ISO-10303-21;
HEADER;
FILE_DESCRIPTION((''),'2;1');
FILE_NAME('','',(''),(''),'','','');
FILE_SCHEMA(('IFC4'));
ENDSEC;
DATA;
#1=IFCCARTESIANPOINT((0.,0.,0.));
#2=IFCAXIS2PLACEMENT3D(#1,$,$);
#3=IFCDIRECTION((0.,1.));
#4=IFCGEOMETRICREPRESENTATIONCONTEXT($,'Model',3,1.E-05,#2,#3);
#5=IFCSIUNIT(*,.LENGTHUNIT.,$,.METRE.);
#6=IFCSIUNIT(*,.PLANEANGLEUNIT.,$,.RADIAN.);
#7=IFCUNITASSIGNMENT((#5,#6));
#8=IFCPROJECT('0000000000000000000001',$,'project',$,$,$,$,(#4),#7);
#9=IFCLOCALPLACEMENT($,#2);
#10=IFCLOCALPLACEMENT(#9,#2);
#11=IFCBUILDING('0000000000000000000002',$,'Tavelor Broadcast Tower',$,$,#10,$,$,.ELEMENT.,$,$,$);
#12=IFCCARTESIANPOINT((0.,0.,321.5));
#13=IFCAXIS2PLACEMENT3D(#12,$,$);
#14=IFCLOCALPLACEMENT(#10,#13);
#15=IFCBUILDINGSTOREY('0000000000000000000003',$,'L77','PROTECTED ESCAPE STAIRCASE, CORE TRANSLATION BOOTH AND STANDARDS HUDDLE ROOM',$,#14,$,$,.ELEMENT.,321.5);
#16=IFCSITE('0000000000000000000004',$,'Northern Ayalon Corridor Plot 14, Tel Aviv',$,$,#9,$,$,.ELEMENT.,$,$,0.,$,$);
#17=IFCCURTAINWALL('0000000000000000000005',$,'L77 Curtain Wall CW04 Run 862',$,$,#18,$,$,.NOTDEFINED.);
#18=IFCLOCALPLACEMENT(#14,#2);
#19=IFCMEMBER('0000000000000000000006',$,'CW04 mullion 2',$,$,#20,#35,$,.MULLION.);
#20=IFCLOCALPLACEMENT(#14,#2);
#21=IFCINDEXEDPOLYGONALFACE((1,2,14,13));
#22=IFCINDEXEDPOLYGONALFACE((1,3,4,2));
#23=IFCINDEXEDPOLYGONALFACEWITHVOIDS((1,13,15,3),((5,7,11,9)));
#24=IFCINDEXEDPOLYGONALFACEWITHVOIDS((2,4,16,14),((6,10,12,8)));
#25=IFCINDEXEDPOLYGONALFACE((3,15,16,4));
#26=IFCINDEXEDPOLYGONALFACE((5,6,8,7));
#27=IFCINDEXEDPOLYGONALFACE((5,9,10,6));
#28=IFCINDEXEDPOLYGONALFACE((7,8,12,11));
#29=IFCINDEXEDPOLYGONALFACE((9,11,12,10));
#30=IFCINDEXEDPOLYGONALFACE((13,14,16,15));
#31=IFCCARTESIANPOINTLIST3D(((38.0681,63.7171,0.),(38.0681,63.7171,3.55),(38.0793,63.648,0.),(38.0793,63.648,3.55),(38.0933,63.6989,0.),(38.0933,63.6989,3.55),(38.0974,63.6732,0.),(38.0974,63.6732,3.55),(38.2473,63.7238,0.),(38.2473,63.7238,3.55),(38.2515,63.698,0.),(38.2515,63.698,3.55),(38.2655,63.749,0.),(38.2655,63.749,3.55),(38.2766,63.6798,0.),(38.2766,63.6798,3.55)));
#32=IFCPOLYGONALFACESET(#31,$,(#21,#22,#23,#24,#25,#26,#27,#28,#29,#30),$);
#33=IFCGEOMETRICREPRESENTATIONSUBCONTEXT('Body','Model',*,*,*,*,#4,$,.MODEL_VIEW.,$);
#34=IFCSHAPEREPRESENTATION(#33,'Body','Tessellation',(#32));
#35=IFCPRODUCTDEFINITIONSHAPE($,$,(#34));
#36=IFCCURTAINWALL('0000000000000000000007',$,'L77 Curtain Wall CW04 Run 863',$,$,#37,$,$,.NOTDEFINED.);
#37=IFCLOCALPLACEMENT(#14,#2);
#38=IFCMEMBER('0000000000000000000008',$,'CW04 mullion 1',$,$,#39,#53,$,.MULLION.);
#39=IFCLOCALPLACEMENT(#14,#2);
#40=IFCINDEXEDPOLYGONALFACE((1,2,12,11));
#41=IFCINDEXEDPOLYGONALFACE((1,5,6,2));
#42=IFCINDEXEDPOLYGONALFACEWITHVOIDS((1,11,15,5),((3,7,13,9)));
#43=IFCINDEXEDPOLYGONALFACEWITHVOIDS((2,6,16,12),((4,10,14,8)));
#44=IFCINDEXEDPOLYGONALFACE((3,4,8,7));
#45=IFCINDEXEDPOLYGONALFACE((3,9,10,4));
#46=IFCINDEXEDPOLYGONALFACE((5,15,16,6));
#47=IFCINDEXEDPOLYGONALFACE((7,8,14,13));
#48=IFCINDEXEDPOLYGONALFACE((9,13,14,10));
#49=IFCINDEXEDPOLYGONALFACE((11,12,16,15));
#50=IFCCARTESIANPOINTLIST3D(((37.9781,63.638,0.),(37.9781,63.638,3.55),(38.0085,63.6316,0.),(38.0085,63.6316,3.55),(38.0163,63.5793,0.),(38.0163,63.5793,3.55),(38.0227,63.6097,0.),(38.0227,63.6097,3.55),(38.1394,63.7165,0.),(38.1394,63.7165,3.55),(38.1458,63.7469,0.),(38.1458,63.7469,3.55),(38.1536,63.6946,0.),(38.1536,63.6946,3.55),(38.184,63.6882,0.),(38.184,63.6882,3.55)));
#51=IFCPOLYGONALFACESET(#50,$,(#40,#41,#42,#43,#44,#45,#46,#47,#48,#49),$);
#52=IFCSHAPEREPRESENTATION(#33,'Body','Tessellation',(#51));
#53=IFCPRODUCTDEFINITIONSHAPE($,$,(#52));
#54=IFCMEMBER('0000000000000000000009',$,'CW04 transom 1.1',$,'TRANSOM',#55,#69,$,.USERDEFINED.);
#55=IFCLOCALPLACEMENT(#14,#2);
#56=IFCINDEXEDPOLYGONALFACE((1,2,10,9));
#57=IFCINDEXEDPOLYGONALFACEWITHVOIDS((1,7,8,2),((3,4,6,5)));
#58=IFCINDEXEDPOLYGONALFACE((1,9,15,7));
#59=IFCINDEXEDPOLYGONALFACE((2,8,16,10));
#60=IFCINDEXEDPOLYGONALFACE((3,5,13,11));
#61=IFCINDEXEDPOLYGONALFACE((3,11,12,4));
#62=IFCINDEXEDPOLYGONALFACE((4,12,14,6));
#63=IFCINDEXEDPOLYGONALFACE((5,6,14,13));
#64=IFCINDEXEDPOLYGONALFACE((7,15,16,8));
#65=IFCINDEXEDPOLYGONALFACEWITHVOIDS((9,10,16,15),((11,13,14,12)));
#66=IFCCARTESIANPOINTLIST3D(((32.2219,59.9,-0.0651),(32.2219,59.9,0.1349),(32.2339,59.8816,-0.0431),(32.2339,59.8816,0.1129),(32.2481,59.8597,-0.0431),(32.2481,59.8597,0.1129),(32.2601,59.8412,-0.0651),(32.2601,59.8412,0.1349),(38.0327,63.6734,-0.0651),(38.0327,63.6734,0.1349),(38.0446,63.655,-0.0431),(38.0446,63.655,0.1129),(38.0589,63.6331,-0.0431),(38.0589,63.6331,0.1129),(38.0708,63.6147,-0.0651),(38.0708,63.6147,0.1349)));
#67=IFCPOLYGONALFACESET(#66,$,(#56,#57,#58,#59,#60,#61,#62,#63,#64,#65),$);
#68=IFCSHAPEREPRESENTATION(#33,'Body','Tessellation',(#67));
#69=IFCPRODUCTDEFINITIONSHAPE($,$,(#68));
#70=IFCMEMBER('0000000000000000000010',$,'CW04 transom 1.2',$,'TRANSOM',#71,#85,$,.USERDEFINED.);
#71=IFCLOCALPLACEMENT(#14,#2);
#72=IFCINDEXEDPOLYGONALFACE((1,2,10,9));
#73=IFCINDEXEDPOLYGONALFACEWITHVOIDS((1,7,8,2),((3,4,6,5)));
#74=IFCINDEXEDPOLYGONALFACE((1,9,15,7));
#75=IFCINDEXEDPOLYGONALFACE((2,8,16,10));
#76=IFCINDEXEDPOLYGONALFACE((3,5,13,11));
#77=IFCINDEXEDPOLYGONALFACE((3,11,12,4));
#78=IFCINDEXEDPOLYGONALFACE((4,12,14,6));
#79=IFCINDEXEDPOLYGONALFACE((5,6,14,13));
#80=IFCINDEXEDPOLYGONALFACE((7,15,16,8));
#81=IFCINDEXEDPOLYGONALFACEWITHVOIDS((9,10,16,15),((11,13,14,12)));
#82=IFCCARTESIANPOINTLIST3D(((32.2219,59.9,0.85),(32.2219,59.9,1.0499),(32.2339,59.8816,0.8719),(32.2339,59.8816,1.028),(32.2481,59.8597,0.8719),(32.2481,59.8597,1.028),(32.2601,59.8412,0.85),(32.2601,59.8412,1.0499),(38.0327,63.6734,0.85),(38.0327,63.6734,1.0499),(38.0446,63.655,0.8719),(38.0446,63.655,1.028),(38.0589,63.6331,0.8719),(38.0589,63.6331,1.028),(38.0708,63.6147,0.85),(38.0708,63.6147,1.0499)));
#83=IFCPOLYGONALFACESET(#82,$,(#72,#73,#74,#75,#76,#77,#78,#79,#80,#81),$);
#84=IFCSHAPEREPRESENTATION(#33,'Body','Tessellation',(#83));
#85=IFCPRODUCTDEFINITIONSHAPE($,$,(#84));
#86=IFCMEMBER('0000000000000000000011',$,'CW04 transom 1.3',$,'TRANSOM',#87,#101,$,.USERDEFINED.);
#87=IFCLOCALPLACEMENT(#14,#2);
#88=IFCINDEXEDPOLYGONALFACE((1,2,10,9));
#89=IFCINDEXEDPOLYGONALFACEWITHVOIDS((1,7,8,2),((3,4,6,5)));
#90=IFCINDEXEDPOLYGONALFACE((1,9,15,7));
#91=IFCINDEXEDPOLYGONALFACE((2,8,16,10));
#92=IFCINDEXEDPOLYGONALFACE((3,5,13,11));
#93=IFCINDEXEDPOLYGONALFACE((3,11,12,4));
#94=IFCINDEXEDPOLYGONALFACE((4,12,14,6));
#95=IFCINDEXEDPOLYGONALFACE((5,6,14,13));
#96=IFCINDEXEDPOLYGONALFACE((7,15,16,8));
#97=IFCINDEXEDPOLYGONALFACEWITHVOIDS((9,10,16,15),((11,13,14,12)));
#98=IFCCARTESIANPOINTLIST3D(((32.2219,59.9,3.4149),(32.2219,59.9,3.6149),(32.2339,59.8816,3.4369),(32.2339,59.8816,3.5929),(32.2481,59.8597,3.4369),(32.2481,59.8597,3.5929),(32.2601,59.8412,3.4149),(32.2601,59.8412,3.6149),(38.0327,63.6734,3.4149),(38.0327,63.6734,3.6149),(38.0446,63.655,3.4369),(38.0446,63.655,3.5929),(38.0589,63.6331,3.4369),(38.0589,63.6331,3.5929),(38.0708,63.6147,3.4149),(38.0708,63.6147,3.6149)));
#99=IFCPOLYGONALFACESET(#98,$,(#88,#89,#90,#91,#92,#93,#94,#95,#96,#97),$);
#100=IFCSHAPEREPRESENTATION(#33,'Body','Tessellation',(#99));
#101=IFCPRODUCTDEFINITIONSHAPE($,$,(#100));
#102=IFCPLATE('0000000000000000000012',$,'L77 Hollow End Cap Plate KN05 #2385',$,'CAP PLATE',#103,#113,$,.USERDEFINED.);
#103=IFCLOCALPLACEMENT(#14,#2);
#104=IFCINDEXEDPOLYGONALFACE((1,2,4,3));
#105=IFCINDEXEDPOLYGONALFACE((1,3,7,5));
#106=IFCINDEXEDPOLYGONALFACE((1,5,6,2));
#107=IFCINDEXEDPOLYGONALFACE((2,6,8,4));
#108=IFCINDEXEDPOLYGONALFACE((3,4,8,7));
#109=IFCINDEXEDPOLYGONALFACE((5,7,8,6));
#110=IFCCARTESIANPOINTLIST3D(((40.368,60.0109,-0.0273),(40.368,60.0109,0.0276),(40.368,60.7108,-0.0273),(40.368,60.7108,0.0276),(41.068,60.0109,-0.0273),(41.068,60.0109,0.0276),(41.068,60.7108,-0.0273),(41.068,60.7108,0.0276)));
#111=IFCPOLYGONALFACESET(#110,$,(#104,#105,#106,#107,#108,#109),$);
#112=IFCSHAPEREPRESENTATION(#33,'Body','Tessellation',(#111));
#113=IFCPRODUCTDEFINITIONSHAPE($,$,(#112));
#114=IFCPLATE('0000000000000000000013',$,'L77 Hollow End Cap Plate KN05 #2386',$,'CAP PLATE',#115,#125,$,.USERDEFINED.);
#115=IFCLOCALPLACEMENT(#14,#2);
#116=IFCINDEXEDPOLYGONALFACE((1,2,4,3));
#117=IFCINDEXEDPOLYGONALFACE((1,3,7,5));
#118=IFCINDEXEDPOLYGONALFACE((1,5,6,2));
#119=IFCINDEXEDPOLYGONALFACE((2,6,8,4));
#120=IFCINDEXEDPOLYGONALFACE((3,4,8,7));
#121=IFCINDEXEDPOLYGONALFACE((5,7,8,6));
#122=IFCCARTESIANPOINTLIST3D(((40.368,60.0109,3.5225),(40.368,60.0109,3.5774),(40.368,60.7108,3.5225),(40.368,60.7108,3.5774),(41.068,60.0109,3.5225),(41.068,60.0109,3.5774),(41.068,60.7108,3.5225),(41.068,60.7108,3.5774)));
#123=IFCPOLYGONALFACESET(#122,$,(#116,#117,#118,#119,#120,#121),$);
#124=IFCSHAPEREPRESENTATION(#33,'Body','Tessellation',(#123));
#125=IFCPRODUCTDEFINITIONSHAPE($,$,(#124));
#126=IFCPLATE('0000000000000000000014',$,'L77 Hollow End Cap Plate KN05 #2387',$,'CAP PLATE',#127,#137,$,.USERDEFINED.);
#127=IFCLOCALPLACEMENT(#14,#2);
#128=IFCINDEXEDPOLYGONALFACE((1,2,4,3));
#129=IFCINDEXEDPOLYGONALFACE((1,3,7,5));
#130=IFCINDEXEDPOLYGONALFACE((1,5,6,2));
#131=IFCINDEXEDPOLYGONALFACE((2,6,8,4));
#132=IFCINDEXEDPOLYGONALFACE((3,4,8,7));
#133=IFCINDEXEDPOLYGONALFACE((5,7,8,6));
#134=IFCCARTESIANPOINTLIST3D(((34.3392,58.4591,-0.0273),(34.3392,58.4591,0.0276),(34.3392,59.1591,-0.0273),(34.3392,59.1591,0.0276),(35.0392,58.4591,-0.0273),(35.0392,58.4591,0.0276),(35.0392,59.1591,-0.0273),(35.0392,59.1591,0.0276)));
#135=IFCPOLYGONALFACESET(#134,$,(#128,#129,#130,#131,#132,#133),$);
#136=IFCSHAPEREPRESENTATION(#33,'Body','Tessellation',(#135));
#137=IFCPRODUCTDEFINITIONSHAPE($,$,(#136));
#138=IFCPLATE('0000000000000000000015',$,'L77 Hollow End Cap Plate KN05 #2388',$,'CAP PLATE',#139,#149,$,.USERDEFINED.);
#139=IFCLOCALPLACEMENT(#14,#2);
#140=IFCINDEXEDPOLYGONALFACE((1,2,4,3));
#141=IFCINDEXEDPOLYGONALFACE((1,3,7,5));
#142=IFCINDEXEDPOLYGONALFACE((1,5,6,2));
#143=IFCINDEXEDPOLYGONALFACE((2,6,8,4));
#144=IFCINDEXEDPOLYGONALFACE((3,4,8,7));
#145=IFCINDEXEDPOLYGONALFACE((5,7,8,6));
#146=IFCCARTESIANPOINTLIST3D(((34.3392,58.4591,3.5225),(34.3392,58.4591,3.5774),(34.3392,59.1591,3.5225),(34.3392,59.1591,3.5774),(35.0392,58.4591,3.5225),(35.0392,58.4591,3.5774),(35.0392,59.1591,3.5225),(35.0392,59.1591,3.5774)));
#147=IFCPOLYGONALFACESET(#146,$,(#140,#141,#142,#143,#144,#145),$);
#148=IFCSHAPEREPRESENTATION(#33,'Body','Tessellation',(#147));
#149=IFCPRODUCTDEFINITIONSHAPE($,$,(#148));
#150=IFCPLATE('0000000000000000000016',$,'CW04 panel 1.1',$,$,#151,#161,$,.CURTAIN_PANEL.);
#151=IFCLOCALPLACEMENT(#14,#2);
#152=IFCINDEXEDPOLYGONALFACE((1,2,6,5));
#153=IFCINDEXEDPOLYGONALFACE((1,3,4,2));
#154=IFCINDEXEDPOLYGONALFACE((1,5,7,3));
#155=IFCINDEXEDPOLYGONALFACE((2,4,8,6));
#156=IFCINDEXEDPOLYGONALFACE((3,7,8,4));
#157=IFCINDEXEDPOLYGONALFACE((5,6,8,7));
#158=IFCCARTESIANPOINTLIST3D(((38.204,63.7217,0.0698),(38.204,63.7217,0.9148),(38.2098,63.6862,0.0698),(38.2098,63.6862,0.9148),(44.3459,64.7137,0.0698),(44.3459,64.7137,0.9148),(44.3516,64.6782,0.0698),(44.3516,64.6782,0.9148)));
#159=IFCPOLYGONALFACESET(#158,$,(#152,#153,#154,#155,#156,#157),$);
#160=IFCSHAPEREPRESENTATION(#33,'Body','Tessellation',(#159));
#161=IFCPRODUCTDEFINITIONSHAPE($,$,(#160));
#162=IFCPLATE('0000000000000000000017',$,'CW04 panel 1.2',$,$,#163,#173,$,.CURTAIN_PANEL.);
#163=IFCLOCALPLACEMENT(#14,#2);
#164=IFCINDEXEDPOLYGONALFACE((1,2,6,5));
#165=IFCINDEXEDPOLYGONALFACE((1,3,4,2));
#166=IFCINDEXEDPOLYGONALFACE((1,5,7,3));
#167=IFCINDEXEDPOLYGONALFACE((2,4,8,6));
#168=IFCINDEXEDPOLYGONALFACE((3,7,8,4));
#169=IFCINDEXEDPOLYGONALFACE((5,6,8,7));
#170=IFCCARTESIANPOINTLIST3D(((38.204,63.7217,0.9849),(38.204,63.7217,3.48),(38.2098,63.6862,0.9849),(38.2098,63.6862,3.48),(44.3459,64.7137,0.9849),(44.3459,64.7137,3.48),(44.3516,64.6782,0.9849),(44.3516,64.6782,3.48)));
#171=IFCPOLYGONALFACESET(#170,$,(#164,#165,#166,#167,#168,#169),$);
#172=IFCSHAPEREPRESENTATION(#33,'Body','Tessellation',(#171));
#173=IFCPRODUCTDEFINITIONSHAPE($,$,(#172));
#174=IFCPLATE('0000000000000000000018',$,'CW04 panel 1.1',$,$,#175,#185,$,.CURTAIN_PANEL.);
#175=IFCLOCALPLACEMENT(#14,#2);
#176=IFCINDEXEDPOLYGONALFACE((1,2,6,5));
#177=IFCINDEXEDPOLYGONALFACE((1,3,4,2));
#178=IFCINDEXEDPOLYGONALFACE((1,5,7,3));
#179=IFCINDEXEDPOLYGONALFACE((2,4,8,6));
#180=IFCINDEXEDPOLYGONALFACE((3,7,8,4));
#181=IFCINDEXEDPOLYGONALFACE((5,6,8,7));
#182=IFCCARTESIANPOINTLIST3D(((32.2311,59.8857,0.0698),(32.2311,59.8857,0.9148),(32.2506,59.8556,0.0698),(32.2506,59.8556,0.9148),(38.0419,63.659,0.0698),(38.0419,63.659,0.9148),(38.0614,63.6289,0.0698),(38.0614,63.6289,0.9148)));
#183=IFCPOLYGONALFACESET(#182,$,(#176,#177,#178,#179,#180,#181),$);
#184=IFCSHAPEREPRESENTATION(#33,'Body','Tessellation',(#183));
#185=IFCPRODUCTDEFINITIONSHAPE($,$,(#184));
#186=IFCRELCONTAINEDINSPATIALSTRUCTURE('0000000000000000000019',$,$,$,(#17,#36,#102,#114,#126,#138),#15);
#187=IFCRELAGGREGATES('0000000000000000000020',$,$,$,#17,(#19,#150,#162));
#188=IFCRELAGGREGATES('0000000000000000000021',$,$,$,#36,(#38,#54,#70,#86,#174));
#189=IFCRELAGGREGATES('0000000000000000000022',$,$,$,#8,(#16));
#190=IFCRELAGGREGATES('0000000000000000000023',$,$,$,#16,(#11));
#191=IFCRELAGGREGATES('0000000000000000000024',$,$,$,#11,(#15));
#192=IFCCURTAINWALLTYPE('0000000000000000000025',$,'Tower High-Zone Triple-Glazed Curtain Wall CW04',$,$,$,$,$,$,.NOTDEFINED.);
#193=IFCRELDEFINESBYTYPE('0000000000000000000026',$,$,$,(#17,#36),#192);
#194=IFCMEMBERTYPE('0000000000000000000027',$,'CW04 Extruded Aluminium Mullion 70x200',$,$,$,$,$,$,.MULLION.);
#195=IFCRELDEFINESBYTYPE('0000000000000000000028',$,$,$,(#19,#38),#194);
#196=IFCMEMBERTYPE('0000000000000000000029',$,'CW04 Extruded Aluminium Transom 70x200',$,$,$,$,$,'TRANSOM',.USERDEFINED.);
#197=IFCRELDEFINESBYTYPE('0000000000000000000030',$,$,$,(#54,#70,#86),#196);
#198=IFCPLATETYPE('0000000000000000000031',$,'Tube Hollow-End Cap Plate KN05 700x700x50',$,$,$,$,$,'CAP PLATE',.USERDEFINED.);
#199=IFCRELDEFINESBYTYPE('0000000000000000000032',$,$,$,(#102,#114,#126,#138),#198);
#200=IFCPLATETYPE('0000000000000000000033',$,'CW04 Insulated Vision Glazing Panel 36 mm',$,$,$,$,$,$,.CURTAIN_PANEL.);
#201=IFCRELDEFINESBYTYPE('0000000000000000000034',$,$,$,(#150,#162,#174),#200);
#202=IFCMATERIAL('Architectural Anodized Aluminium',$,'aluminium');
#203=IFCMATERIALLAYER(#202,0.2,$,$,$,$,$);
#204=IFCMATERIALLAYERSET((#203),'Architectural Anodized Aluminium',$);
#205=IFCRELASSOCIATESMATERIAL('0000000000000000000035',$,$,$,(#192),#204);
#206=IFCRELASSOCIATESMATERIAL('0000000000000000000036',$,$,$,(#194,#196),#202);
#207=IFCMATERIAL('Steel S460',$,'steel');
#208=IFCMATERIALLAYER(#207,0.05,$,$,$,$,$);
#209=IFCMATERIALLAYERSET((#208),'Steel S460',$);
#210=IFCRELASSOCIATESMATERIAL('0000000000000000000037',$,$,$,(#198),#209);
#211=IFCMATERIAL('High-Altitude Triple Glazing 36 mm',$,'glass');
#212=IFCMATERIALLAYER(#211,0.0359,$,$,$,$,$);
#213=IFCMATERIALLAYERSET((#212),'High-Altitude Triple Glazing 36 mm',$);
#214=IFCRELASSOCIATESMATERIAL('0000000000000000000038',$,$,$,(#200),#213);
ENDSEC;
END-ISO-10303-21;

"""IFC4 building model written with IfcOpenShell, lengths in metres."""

from ifc_helpers import new_model, si_unit, direction, frame, origin, origin_2d, place, context, subcontext, project, spatial, rectangle, hollow_rectangle, extrude, source, transform, mapped, material, layer, layer_set, material_profile, profile_set, type_object, type_shapes, element, aggregate, save


model = new_model("IFC4")

# Units and contexts
model_context = context("Model", 3, precision=1e-05, world=origin(), true_north=direction((0.0, 1.0)))
body_context = subcontext(model_context, "Body", "Model", "MODEL_VIEW")
ifc_project = project(units=[si_unit("LENGTHUNIT", "METRE"), si_unit("PLANEANGLEUNIT", "RADIAN")], contexts=[model_context])

# Site, building, storey
site_placement = place(None, origin())
site = spatial("IfcSite", under=ifc_project, at=site_placement, Name="Northern Ayalon Corridor Plot 14, Tel Aviv", CompositionType="ELEMENT", RefElevation=0.0)
building_placement = place(site_placement, origin())
building = spatial("IfcBuilding", under=site, at=building_placement, Name="Tavelor Broadcast Tower", CompositionType="ELEMENT")
storey_placement = place(building_placement, frame((0.0, 0.0, 321.5)))
storey = spatial("IfcBuildingStorey", under=building, at=storey_placement, Name="L77", Description="PROTECTED ESCAPE STAIRCASE, CORE TRANSLATION BOOTH AND STANDARDS HUDDLE ROOM", CompositionType="ELEMENT", Elevation=321.5)

# Shared definitions
ifc_material_1 = material(Name="Steel S460", Category="steel")

# Curtain wall, member
ifc_material_2 = material(Name="Architectural Anodized Aluminium", Category="aluminium")
ifc_layer_1 = layer(ifc_material_2, 0.2)
ifc_layer_set_1 = layer_set([ifc_layer_1], Name="Architectural Anodized Aluminium")
curtain_wall_type = type_object("IfcCurtainWallType", Name="Tower High-Zone Triple-Glazed Curtain Wall CW04", PredefinedType="NOTDEFINED", material=ifc_layer_set_1)
curtain_wall_1_placement = place(storey_placement, origin())
curtain_wall_1 = element("IfcCurtainWall", 1, at=curtain_wall_1_placement, inside=storey, type_object=curtain_wall_type, Name="L77 Curtain Wall CW04 Run 862", PredefinedType="NOTDEFINED")
ifc_material_profile_1 = material_profile(ifc_material_2, hollow_rectangle(XDim=0.0701, YDim=0.2, WallThickness=0.022, at=origin_2d()), Name="RHS 70x200x22")
ifc_profile_set_1 = profile_set([ifc_material_profile_1], Name="Architectural Anodized Aluminium")
member_type_1 = type_object("IfcMemberType", Name="CW04 Extruded Aluminium Mullion 70x200", PredefinedType="MULLION", material=ifc_profile_set_1)
shared_shape_1 = source(origin(), body_context, "Body", "SweptSolid", [
    extrude(hollow_rectangle(XDim=0.0701, YDim=0.2, WallThickness=0.022, at=origin_2d()), origin(), (0.0, 0.0, 1.0), 3.55),
])
type_shapes(member_type_1, [shared_shape_1])
member_1_placement = place(storey_placement, frame((38.1724, 63.6985, 0.0), z_axis=(0.0, 0.0, 1.0), x_axis=(0.159446, -0.987207, 0.0)))
member_1 = element("IfcMember", 2, at=member_1_placement, type_object=member_type_1, Name="CW04 mullion 2", PredefinedType="MULLION", context=body_context, shape_type="MappedRepresentation", body=[
    mapped(shared_shape_1, transform((0.0, 0.0, 0.0), scale=1.0)),
])

# Curtain wall, members
curtain_wall_2_placement = place(storey_placement, origin())
curtain_wall_2 = element("IfcCurtainWall", 3, at=curtain_wall_2_placement, inside=storey, type_object=curtain_wall_type, Name="L77 Curtain Wall CW04 Run 863", PredefinedType="NOTDEFINED")
member_2_placement = place(storey_placement, frame((38.0811, 63.6631, 0.0), z_axis=(0.0, 0.0, 1.0), x_axis=(0.544611, -0.838689, 0.0)))
member_2 = element("IfcMember", 4, at=member_2_placement, type_object=member_type_1, Name="CW04 mullion 1", PredefinedType="MULLION", context=body_context, shape_type="MappedRepresentation", body=[
    mapped(shared_shape_1, transform((0.0, 0.0, 0.0), scale=1.0)),
])
ifc_material_profile_2 = material_profile(ifc_material_2, hollow_rectangle(XDim=0.0701, YDim=0.2, WallThickness=0.022, at=origin_2d()), Name="RHS 70x200x22")
ifc_profile_set_2 = profile_set([ifc_material_profile_2], Name="Architectural Anodized Aluminium")
member_type_2 = type_object("IfcMemberType", Name="CW04 Extruded Aluminium Transom 70x200", ElementType="TRANSOM", PredefinedType="USERDEFINED", material=ifc_profile_set_2)
shared_shape_2 = source(origin(), body_context, "Body", "SweptSolid", [
    extrude(hollow_rectangle(XDim=0.0701, YDim=0.2, WallThickness=0.022, at=origin_2d()), origin(), (0.0, 0.0, 1.0), 6.9285),
])
type_shapes(member_type_2, [shared_shape_2])
member_3_placement = place(storey_placement, frame((38.0518, 63.644, 0.0349), z_axis=(-0.838679, -0.544625, 0.0), x_axis=(0.544625, -0.838679, 0.0)))
member_3 = element("IfcMember", 5, at=member_3_placement, type_object=member_type_2, Name="CW04 transom 1.1", ObjectType="TRANSOM", PredefinedType="USERDEFINED", context=body_context, shape_type="MappedRepresentation", body=[
    mapped(shared_shape_2, transform((0.0, 0.0, 0.0), scale=1.0)),
])
member_4_placement = place(storey_placement, frame((38.0518, 63.644, 0.95), z_axis=(-0.838679, -0.544625, 0.0), x_axis=(0.544625, -0.838679, 0.0)))
member_4 = element("IfcMember", 6, at=member_4_placement, type_object=member_type_2, Name="CW04 transom 1.2", ObjectType="TRANSOM", PredefinedType="USERDEFINED", context=body_context, shape_type="MappedRepresentation", body=[
    mapped(shared_shape_2, transform((0.0, 0.0, 0.0), scale=1.0)),
])
member_5_placement = place(storey_placement, frame((38.0518, 63.644, 3.5149), z_axis=(-0.838679, -0.544625, 0.0), x_axis=(0.544625, -0.838679, 0.0)))
member_5 = element("IfcMember", 7, at=member_5_placement, type_object=member_type_2, Name="CW04 transom 1.3", ObjectType="TRANSOM", PredefinedType="USERDEFINED", context=body_context, shape_type="MappedRepresentation", body=[
    mapped(shared_shape_2, transform((0.0, 0.0, 0.0), scale=1.0)),
])

# Plates
ifc_layer_2 = layer(ifc_material_1, 0.05)
ifc_layer_set_2 = layer_set([ifc_layer_2], Name="Steel S460")
plate_type_1 = type_object("IfcPlateType", Name="Tube Hollow-End Cap Plate KN05 700x700x50", ElementType="CAP PLATE", PredefinedType="USERDEFINED", material=ifc_layer_set_2)
shared_shape_3 = source(origin(), body_context, "Body", "SweptSolid", [
    extrude(rectangle(XDim=0.7, YDim=0.7, at=origin_2d()), origin(), (0.0, 0.0, 1.0), 0.0549),
])
type_shapes(plate_type_1, [shared_shape_3])
for number, where, z_axis, x_axis, name in (
    (8, (40.718, 60.3608, -0.0273), (0.0, 0.0, 1.0), (1.0, 0.0, 0.0), "L77 Hollow End Cap Plate KN05 #2385"),
    (9, (40.718, 60.3608, 3.5225), (0.0, 0.0, 1.0), (1.0, 0.0, 0.0), "L77 Hollow End Cap Plate KN05 #2386"),
    (10, (34.6892, 58.8091, -0.0273), (0.0, 0.0, 1.0), (1.0, 0.0, 0.0), "L77 Hollow End Cap Plate KN05 #2387"),
    (11, (34.6892, 58.8091, 3.5225), (0.0, 0.0, 1.0), (1.0, 0.0, 0.0), "L77 Hollow End Cap Plate KN05 #2388"),
):
    element("IfcPlate", number, at=place(storey_placement, frame(where, z_axis=z_axis, x_axis=x_axis)), inside=storey, type_object=plate_type_1, Name=name, ObjectType="CAP PLATE", PredefinedType="USERDEFINED", context=body_context, shape_type="MappedRepresentation", body=[
        mapped(shared_shape_3, transform((0.0, 0.0, 0.0), scale=1.0)),
    ])

# Plates
ifc_material_3 = material(Name="High-Altitude Triple Glazing 36 mm", Category="glass")
ifc_layer_3 = layer(ifc_material_3, 0.0359)
ifc_layer_set_3 = layer_set([ifc_layer_3], Name="High-Altitude Triple Glazing 36 mm")
plate_type_2 = type_object("IfcPlateType", Name="CW04 Insulated Vision Glazing Panel 36 mm", PredefinedType="CURTAIN_PANEL", material=ifc_layer_set_3)
shared_shape_4 = source(origin(), body_context, "Body", "SweptSolid", [
    extrude(rectangle(XDim=6.2214, YDim=0.0359, at=origin_2d()), origin(), (0.0, 0.0, 1.0), 0.845),
])
plate_1_placement = place(storey_placement, frame((41.2778, 64.2, 0.0698), z_axis=(0.0, 0.0, 1.0), x_axis=(-0.987207, -0.159446, 0.0)))
plate_1 = element("IfcPlate", 12, at=plate_1_placement, type_object=plate_type_2, Name="CW04 panel 1.1", PredefinedType="CURTAIN_PANEL", context=body_context, shape_type="MappedRepresentation", body=[
    mapped(shared_shape_4, transform((0.0, 0.0, 0.0), scale=1.0)),
])
shared_shape_5 = source(origin(), body_context, "Body", "SweptSolid", [
    extrude(rectangle(XDim=6.2214, YDim=0.0359, at=origin_2d()), origin(), (0.0, 0.0, 1.0), 2.4951),
])
plate_2_placement = place(storey_placement, frame((41.2778, 64.2, 0.9849), z_axis=(0.0, 0.0, 1.0), x_axis=(-0.987207, -0.159446, 0.0)))
plate_2 = element("IfcPlate", 13, at=plate_2_placement, type_object=plate_type_2, Name="CW04 panel 1.2", PredefinedType="CURTAIN_PANEL", context=body_context, shape_type="MappedRepresentation", body=[
    mapped(shared_shape_5, transform((0.0, 0.0, 0.0), scale=1.0)),
])
aggregate(curtain_wall_1, [member_1, plate_1, plate_2])
shared_shape_6 = source(origin(), body_context, "Body", "SweptSolid", [
    extrude(rectangle(XDim=6.9285, YDim=0.0359, at=origin_2d()), origin(), (0.0, 0.0, 1.0), 0.845),
])
plate_3_placement = place(storey_placement, frame((35.1462, 61.7573, 0.0698), z_axis=(0.0, 0.0, 1.0), x_axis=(-0.838689, -0.544611, 0.0)))
plate_3 = element("IfcPlate", 14, at=plate_3_placement, type_object=plate_type_2, Name="CW04 panel 1.1", PredefinedType="CURTAIN_PANEL", context=body_context, shape_type="MappedRepresentation", body=[
    mapped(shared_shape_6, transform((0.0, 0.0, 0.0), scale=1.0)),
])
aggregate(curtain_wall_2, [member_2, member_3, member_4, member_5, plate_3])

save(model, "model.ifc")
